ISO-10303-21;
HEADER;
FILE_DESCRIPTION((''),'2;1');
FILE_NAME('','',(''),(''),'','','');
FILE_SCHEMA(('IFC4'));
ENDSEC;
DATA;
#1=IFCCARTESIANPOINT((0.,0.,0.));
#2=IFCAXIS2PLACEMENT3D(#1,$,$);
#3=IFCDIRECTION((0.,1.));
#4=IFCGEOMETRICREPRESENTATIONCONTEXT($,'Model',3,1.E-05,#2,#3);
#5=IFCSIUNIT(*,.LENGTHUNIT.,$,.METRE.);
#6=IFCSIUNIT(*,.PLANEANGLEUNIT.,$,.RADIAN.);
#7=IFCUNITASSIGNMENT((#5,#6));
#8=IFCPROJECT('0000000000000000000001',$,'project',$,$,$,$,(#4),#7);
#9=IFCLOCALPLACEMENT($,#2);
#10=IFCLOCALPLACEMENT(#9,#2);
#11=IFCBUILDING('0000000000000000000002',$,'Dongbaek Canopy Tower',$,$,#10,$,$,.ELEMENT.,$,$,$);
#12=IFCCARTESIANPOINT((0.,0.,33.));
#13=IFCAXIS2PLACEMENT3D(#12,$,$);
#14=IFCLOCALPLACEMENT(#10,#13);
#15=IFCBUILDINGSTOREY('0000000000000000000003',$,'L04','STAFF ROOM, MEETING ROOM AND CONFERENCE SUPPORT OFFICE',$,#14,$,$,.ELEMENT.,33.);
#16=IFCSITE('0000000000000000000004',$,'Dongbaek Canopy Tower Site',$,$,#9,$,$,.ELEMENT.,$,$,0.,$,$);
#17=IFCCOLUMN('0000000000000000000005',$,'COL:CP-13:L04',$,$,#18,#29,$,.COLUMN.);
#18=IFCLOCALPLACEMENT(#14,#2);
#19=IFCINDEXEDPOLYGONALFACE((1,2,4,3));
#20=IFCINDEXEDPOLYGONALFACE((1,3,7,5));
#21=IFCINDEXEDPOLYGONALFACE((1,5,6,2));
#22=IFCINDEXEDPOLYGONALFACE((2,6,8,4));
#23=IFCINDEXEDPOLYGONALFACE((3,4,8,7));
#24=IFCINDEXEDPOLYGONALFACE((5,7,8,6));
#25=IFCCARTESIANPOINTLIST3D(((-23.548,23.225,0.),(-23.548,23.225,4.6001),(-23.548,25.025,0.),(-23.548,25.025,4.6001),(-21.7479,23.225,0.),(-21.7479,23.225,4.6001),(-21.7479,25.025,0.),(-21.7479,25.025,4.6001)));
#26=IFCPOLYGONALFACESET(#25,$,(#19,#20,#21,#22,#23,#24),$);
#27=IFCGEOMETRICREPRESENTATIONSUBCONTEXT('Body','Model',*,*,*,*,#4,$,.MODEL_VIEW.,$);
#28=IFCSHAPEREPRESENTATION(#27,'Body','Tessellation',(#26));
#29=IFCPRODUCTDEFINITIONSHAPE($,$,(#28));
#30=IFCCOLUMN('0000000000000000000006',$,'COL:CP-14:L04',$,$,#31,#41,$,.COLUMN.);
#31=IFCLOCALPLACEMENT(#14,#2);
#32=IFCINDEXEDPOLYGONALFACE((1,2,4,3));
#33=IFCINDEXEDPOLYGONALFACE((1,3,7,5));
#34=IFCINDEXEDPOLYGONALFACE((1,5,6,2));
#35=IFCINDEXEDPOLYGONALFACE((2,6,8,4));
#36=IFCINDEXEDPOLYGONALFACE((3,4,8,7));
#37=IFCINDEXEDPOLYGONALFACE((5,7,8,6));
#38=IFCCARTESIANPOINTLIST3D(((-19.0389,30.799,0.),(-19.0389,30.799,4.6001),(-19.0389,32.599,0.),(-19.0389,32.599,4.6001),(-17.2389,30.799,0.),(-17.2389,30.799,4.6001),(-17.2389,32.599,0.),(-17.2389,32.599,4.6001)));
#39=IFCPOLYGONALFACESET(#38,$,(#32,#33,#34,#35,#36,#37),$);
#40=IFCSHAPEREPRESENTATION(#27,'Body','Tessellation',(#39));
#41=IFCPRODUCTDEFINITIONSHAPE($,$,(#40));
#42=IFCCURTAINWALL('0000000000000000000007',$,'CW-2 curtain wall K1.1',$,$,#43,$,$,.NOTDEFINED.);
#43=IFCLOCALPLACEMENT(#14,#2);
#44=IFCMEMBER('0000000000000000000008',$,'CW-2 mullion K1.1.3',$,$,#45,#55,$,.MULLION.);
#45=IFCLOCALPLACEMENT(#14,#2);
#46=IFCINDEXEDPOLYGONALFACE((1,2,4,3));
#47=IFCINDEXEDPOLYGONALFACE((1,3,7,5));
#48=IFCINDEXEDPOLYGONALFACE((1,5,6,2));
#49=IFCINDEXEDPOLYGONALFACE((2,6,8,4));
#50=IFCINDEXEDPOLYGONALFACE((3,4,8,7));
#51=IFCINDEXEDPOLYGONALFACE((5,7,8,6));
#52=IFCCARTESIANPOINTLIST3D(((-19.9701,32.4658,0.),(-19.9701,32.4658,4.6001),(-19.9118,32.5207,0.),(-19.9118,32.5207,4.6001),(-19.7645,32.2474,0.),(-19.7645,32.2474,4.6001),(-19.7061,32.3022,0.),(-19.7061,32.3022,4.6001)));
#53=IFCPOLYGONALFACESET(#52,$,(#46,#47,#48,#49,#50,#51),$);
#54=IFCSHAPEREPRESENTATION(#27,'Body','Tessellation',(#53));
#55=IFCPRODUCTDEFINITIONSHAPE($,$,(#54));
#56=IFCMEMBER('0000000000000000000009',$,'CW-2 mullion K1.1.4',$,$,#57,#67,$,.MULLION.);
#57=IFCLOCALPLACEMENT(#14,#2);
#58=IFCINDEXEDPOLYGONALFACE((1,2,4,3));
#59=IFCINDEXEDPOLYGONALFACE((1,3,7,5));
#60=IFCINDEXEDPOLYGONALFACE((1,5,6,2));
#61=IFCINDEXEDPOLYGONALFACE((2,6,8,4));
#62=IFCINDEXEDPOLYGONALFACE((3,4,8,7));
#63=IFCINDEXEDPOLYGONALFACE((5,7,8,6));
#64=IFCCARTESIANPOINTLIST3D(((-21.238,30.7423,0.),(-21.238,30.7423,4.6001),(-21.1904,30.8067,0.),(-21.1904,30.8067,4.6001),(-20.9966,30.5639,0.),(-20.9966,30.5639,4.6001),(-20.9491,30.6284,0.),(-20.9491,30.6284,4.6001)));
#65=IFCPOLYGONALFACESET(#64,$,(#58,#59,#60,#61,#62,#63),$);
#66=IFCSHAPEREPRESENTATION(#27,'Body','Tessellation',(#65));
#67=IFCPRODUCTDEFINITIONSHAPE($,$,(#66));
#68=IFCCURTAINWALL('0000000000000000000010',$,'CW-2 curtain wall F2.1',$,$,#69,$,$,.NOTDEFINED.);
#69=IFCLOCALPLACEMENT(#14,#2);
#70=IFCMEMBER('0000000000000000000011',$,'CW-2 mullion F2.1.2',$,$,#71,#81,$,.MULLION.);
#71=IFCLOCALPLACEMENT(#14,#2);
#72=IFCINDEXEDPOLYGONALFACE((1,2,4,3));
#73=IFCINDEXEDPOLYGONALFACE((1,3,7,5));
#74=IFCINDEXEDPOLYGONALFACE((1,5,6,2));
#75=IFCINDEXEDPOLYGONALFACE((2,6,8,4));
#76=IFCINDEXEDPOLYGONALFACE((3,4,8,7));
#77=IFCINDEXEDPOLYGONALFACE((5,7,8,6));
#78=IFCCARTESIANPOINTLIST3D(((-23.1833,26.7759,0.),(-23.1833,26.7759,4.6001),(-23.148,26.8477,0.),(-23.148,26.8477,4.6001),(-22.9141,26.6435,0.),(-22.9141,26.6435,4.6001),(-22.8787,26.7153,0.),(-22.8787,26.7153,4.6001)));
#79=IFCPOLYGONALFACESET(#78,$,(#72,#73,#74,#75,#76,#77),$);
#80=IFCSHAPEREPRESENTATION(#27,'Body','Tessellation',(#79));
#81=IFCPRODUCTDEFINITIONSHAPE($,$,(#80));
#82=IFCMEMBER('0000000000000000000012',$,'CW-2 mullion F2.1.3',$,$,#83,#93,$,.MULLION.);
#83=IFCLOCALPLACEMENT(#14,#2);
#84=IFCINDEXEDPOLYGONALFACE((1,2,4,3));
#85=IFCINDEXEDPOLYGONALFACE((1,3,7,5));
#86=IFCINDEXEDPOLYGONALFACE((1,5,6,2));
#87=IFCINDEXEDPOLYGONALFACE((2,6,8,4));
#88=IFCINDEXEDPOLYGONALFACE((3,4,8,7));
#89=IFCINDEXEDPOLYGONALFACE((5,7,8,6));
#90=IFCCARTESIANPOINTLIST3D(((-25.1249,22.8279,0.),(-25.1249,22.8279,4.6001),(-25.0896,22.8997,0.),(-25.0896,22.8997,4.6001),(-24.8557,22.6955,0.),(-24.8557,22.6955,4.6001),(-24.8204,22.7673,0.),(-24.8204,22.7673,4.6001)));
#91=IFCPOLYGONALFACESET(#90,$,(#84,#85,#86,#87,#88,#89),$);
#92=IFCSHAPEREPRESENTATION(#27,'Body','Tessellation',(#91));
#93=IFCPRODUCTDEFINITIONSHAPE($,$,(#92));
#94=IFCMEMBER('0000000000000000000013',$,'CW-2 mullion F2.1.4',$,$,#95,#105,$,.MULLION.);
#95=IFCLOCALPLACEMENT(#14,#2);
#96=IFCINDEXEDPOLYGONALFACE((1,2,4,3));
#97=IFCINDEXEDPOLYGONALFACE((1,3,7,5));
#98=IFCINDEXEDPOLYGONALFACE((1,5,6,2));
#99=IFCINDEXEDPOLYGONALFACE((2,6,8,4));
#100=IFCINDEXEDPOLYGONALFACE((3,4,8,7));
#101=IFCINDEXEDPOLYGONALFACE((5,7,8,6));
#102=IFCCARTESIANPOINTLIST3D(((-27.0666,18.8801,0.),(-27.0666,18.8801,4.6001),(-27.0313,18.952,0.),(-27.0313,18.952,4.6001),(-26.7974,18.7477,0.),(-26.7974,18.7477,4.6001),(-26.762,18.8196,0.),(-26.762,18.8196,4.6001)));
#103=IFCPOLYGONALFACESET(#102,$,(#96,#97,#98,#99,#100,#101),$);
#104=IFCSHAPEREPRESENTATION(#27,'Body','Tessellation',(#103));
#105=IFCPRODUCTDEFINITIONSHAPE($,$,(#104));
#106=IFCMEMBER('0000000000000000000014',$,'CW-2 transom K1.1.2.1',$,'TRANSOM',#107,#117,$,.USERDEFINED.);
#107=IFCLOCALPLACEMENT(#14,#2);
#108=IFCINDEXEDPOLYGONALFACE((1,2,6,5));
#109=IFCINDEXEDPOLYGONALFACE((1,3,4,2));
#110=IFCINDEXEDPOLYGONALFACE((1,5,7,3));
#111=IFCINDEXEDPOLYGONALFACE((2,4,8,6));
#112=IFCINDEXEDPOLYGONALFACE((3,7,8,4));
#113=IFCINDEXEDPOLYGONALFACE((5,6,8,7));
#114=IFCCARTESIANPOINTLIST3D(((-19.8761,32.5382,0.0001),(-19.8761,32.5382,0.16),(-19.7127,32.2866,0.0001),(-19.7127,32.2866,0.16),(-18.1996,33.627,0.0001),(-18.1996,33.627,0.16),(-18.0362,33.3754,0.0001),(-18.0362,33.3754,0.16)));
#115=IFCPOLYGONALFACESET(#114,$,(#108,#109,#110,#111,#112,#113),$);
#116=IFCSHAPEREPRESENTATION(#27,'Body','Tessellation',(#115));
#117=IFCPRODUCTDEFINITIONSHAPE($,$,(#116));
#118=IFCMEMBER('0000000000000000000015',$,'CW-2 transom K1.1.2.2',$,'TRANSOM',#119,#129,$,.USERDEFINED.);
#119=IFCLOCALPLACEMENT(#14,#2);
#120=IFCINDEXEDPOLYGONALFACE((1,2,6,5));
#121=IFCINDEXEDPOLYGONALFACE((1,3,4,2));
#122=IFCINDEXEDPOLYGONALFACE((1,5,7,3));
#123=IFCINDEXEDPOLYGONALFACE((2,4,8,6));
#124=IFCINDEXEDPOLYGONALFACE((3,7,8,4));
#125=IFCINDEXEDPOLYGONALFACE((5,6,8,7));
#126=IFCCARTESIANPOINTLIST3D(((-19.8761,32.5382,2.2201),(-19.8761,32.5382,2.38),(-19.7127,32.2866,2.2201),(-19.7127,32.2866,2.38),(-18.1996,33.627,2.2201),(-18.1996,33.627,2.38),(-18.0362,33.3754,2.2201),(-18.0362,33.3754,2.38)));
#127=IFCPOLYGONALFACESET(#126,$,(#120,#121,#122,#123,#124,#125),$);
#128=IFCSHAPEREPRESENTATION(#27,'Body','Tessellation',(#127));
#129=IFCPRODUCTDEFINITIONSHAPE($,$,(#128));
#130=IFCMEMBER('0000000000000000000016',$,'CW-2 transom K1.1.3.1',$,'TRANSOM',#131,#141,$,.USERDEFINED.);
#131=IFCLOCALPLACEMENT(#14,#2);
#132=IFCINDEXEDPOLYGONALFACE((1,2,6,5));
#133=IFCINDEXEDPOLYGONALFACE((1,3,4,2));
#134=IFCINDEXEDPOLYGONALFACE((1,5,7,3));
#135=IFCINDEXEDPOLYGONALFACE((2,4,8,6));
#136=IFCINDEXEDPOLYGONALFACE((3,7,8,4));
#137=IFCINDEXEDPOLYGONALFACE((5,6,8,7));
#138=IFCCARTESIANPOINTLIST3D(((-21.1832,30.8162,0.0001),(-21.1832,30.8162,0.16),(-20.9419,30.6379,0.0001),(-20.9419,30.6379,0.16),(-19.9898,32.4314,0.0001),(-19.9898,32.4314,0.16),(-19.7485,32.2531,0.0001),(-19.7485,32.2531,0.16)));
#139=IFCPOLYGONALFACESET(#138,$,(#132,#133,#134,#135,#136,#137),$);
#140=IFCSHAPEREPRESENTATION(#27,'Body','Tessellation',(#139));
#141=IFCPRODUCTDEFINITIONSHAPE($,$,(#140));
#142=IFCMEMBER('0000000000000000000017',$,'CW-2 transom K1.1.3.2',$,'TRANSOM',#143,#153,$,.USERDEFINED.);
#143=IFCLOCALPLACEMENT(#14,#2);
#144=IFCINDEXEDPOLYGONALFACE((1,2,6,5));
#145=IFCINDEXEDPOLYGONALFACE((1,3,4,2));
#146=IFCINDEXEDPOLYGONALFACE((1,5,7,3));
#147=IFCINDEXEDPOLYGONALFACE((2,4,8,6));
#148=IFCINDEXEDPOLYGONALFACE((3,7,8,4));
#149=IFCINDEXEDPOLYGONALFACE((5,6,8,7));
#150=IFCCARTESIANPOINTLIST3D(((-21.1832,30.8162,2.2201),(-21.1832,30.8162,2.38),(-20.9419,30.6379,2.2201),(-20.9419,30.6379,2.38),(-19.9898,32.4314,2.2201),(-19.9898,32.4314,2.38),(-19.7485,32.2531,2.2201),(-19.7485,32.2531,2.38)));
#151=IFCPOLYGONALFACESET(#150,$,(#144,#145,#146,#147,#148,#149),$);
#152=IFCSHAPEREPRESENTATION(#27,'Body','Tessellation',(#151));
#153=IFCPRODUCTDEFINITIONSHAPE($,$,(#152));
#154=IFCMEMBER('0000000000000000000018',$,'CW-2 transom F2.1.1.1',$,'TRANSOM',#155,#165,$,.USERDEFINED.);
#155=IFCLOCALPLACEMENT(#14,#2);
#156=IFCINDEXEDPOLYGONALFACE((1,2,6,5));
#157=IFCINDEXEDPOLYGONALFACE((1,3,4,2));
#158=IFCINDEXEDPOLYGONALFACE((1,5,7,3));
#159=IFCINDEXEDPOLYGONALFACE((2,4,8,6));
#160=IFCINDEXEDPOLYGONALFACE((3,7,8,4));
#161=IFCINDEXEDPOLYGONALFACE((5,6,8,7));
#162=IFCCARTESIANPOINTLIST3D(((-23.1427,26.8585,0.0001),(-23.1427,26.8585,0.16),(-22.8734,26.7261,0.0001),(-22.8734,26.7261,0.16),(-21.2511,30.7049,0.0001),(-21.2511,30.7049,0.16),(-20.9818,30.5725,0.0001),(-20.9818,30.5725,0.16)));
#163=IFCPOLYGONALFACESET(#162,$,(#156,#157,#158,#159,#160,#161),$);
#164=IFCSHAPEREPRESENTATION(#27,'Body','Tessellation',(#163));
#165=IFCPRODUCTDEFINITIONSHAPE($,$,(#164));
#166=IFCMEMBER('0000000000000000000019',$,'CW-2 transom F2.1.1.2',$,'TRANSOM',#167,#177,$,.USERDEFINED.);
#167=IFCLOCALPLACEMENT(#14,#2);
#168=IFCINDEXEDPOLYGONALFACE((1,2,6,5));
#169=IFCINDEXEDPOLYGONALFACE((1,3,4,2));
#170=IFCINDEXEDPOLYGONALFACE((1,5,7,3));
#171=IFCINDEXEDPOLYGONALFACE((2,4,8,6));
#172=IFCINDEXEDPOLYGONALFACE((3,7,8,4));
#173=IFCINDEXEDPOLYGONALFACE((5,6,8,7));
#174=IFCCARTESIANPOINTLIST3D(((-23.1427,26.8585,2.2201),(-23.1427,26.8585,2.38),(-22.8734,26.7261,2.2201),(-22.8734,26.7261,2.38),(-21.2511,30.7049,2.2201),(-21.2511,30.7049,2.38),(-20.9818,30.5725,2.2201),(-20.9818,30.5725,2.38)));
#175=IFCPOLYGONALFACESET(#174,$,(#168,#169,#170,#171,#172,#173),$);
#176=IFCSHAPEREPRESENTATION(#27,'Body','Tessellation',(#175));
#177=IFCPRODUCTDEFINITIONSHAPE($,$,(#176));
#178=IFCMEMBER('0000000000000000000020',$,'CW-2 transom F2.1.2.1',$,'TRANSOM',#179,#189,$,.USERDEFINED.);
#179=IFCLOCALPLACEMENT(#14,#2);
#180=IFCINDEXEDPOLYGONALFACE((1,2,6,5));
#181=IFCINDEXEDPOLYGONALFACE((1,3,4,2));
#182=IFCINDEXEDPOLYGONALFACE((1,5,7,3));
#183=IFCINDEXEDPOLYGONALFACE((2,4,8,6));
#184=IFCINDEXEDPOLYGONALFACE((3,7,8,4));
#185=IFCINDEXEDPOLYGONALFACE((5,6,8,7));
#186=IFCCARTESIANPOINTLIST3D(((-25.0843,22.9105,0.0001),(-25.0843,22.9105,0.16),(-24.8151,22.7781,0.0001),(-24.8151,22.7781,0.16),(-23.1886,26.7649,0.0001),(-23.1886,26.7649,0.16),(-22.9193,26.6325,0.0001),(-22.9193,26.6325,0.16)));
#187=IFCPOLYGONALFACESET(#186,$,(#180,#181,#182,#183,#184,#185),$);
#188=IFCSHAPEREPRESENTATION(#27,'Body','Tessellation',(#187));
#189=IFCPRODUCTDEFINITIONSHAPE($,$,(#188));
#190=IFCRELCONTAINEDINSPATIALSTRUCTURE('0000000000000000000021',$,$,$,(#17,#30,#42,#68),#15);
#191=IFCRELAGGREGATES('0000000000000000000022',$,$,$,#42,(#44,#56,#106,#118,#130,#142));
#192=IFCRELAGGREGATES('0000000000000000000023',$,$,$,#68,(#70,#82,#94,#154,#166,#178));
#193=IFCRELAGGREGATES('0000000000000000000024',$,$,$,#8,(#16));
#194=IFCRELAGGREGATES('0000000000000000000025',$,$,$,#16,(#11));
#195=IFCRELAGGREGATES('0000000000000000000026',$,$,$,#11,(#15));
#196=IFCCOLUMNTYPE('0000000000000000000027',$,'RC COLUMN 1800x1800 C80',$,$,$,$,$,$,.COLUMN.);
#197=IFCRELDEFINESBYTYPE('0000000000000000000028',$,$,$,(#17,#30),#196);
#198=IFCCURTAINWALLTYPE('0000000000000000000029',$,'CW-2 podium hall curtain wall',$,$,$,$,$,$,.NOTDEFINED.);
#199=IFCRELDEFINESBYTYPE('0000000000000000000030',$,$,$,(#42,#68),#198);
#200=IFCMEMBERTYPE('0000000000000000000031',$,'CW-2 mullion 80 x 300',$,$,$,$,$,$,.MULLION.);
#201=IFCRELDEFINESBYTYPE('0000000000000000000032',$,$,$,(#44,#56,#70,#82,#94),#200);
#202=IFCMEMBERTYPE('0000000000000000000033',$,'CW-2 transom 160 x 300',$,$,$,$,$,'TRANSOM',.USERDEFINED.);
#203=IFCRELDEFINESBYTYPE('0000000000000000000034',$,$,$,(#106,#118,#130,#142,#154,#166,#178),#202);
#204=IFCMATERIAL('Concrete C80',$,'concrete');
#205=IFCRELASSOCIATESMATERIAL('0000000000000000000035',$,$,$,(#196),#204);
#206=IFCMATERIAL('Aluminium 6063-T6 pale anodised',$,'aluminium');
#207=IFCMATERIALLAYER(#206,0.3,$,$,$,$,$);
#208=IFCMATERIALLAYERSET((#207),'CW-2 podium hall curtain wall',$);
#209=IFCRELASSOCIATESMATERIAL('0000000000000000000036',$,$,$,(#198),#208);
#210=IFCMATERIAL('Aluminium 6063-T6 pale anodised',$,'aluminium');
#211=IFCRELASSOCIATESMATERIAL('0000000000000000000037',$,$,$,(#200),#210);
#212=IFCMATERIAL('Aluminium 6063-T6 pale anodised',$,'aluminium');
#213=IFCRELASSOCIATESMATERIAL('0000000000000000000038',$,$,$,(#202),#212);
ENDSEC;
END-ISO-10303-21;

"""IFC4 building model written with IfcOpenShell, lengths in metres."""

from ifc_helpers import new_model, si_unit, direction, frame, origin, origin_2d, place, context, subcontext, project, spatial, rectangle, extrude, material, layer, layer_set, material_profile, profile_set, type_object, element, aggregate, save


model = new_model("IFC4")

# Units and contexts
model_context = context("Model", 3, precision=1e-05, world=origin(), true_north=direction((0.0, 1.0)))
body_context = subcontext(model_context, "Body", "Model", "MODEL_VIEW")
ifc_project = project(units=[si_unit("LENGTHUNIT", "METRE"), si_unit("PLANEANGLEUNIT", "RADIAN")], contexts=[model_context])

# Site, building, storey
site_placement = place(None, origin())
site = spatial("IfcSite", under=ifc_project, at=site_placement, Name="Dongbaek Canopy Tower Site", CompositionType="ELEMENT", RefElevation=0.0)
building_placement = place(site_placement, origin())
building = spatial("IfcBuilding", under=site, at=building_placement, Name="Dongbaek Canopy Tower", CompositionType="ELEMENT")
storey_placement = place(building_placement, frame((0.0, 0.0, 33.0)))
storey = spatial("IfcBuildingStorey", under=building, at=storey_placement, Name="L04", Description="STAFF ROOM, MEETING ROOM AND CONFERENCE SUPPORT OFFICE", CompositionType="ELEMENT", Elevation=33.0)

# Columns
ifc_material_1 = material(Name="Concrete C80", Category="concrete")
ifc_material_profile_1 = material_profile(ifc_material_1, rectangle(XDim=1.8, YDim=1.8, at=origin_2d()), Name="RC COLUMN 1800x1800 C80")
ifc_profile_set_1 = profile_set([ifc_material_profile_1], Name="Concrete C80")
column_type = type_object("IfcColumnType", Name="RC COLUMN 1800x1800 C80", PredefinedType="COLUMN", material=ifc_profile_set_1)
for number, where, z_axis, x_axis, name in (
    (1, (-22.6479, 24.125, 0.0), (0.0, 0.0, 1.0), (1.0, 0.0, 0.0), "COL:CP-13:L04"),
    (2, (-18.1389, 31.699, 0.0), (0.0, 0.0, 1.0), (1.0, 0.0, 0.0), "COL:CP-14:L04"),
):
    element("IfcColumn", number, at=place(storey_placement, frame(where, z_axis=z_axis, x_axis=x_axis)), inside=storey, type_object=column_type, Name=name, PredefinedType="COLUMN", context=body_context, shape_type="SweptSolid", body=[
        extrude(rectangle(XDim=1.8, YDim=1.8, at=origin_2d()), origin(), (0.0, 0.0, 1.0), 4.6001),
    ])

# Curtain walls, members
ifc_material_2 = material(Name="Aluminium 6063-T6 pale anodised", Category="aluminium")
ifc_layer_1 = layer(ifc_material_2, 0.3)
ifc_layer_set_1 = layer_set([ifc_layer_1], Name="CW-2 podium hall curtain wall")
curtain_wall_type = type_object("IfcCurtainWallType", Name="CW-2 podium hall curtain wall", PredefinedType="NOTDEFINED", material=ifc_layer_set_1)
curtain_wall_1_placement = place(storey_placement, origin())
curtain_wall_1 = element("IfcCurtainWall", 3, at=curtain_wall_1_placement, inside=storey, type_object=curtain_wall_type, Name="CW-2 curtain wall K1.1", PredefinedType="NOTDEFINED")
ifc_material_3 = material(Name="Aluminium 6063-T6 pale anodised", Category="aluminium")
ifc_material_profile_2 = material_profile(ifc_material_3, rectangle(XDim=0.3, YDim=0.0801, at=origin_2d()), Name="CW-2 mullion 80 x 300")
ifc_profile_set_2 = profile_set([ifc_material_profile_2], Name="Aluminium 6063-T6 pale anodised")
member_type_1 = type_object("IfcMemberType", Name="CW-2 mullion 80 x 300", PredefinedType="MULLION", material=ifc_profile_set_2)
member_1_placement = place(storey_placement, frame((-19.8381, 32.384, 0.0), z_axis=(0.0, 0.0, 1.0), x_axis=(-0.685446, 0.728124, 0.0)))
member_1 = element("IfcMember", 4, at=member_1_placement, type_object=member_type_1, Name="CW-2 mullion K1.1.3", PredefinedType="MULLION", context=body_context, shape_type="SweptSolid", body=[
    extrude(rectangle(XDim=0.3, YDim=0.0801, at=origin_2d()), origin(), (0.0, 0.0, 1.0), 4.6001),
])
member_2_placement = place(storey_placement, frame((-21.0935, 30.6853, 0.0), z_axis=(0.0, 0.0, 1.0), x_axis=(-0.804278, 0.594253, 0.0)))
member_2 = element("IfcMember", 5, at=member_2_placement, type_object=member_type_1, Name="CW-2 mullion K1.1.4", PredefinedType="MULLION", context=body_context, shape_type="SweptSolid", body=[
    extrude(rectangle(XDim=0.3, YDim=0.0801, at=origin_2d()), origin(), (0.0, 0.0, 1.0), 4.6001),
])
curtain_wall_2_placement = place(storey_placement, origin())
curtain_wall_2 = element("IfcCurtainWall", 6, at=curtain_wall_2_placement, inside=storey, type_object=curtain_wall_type, Name="CW-2 curtain wall F2.1", PredefinedType="NOTDEFINED")
member_3_placement = place(storey_placement, frame((-23.031, 26.7456, 0.0), z_axis=(0.0, 0.0, 1.0), x_axis=(-0.897339, 0.441342, 0.0)))
member_3 = element("IfcMember", 7, at=member_3_placement, type_object=member_type_1, Name="CW-2 mullion F2.1.2", PredefinedType="MULLION", context=body_context, shape_type="SweptSolid", body=[
    extrude(rectangle(XDim=0.3, YDim=0.0801, at=origin_2d()), origin(), (0.0, 0.0, 1.0), 4.6001),
])
member_4_placement = place(storey_placement, frame((-24.9727, 22.7976, 0.0), z_axis=(0.0, 0.0, 1.0), x_axis=(-0.897339, 0.441342, 0.0)))
member_4 = element("IfcMember", 8, at=member_4_placement, type_object=member_type_1, Name="CW-2 mullion F2.1.3", PredefinedType="MULLION", context=body_context, shape_type="SweptSolid", body=[
    extrude(rectangle(XDim=0.3, YDim=0.0801, at=origin_2d()), origin(), (0.0, 0.0, 1.0), 4.6001),
])
member_5_placement = place(storey_placement, frame((-26.9143, 18.8499, 0.0), z_axis=(0.0, 0.0, 1.0), x_axis=(-0.897339, 0.441342, 0.0)))
member_5 = element("IfcMember", 9, at=member_5_placement, type_object=member_type_1, Name="CW-2 mullion F2.1.4", PredefinedType="MULLION", context=body_context, shape_type="SweptSolid", body=[
    extrude(rectangle(XDim=0.3, YDim=0.0801, at=origin_2d()), origin(), (0.0, 0.0, 1.0), 4.6001),
])

# Members
ifc_material_4 = material(Name="Aluminium 6063-T6 pale anodised", Category="aluminium")
ifc_material_profile_3 = material_profile(ifc_material_4, rectangle(XDim=0.3, YDim=0.1599, at=origin_2d()), Name="CW-2 transom 160 x 300")
ifc_profile_set_3 = profile_set([ifc_material_profile_3], Name="Aluminium 6063-T6 pale anodised")
member_type_2 = type_object("IfcMemberType", Name="CW-2 transom 160 x 300", ElementType="TRANSOM", PredefinedType="USERDEFINED", material=ifc_profile_set_3)
member_6_placement = place(storey_placement, frame((-18.1179, 33.5012, 0.0801), z_axis=(-0.838642, -0.544684, 0.0), x_axis=(0.544684, -0.838642, 0.0)))
member_6 = element("IfcMember", 10, at=member_6_placement, type_object=member_type_2, Name="CW-2 transom K1.1.2.1", ObjectType="TRANSOM", PredefinedType="USERDEFINED", context=body_context, shape_type="SweptSolid", body=[
    extrude(rectangle(XDim=0.3, YDim=0.1599, at=origin_2d()), origin(), (0.0, 0.0, 1.0), 1.999),
])
member_7_placement = place(storey_placement, frame((-18.1179, 33.5012, 2.3), z_axis=(-0.838642, -0.544684, 0.0), x_axis=(0.544684, -0.838642, 0.0)))
member_7 = element("IfcMember", 11, at=member_7_placement, type_object=member_type_2, Name="CW-2 transom K1.1.2.2", ObjectType="TRANSOM", PredefinedType="USERDEFINED", context=body_context, shape_type="SweptSolid", body=[
    extrude(rectangle(XDim=0.3, YDim=0.1599, at=origin_2d()), origin(), (0.0, 0.0, 1.0), 1.999),
])
member_8_placement = place(storey_placement, frame((-19.8691, 32.3423, 0.0801), z_axis=(-0.594227, -0.804297, 0.0), x_axis=(0.804297, -0.594227, 0.0)))
member_8 = element("IfcMember", 12, at=member_8_placement, type_object=member_type_2, Name="CW-2 transom K1.1.3.1", ObjectType="TRANSOM", PredefinedType="USERDEFINED", context=body_context, shape_type="SweptSolid", body=[
    extrude(rectangle(XDim=0.3, YDim=0.1599, at=origin_2d()), origin(), (0.0, 0.0, 1.0), 2.0083),
])
member_9_placement = place(storey_placement, frame((-19.8691, 32.3423, 2.3), z_axis=(-0.594227, -0.804297, 0.0), x_axis=(0.804297, -0.594227, 0.0)))
member_9 = element("IfcMember", 13, at=member_9_placement, type_object=member_type_2, Name="CW-2 transom K1.1.3.2", ObjectType="TRANSOM", PredefinedType="USERDEFINED", context=body_context, shape_type="SweptSolid", body=[
    extrude(rectangle(XDim=0.3, YDim=0.1599, at=origin_2d()), origin(), (0.0, 0.0, 1.0), 2.0083),
])
member_10_placement = place(storey_placement, frame((-21.1165, 30.6387, 0.0801), z_axis=(-0.441303, -0.897358, 0.0), x_axis=(0.897358, -0.441303, 0.0)))
member_10 = element("IfcMember", 14, at=member_10_placement, type_object=member_type_2, Name="CW-2 transom F2.1.1.1", ObjectType="TRANSOM", PredefinedType="USERDEFINED", context=body_context, shape_type="SweptSolid", body=[
    extrude(rectangle(XDim=0.3, YDim=0.1599, at=origin_2d()), origin(), (0.0, 0.0, 1.0), 4.2864),
])
member_11_placement = place(storey_placement, frame((-21.1165, 30.6387, 2.3), z_axis=(-0.441303, -0.897358, 0.0), x_axis=(0.897358, -0.441303, 0.0)))
member_11 = element("IfcMember", 15, at=member_11_placement, type_object=member_type_2, Name="CW-2 transom F2.1.1.2", ObjectType="TRANSOM", PredefinedType="USERDEFINED", context=body_context, shape_type="SweptSolid", body=[
    extrude(rectangle(XDim=0.3, YDim=0.1599, at=origin_2d()), origin(), (0.0, 0.0, 1.0), 4.2864),
])
member_12_placement = place(storey_placement, frame((-23.054, 26.6987, 0.0801), z_axis=(-0.441338, -0.897341, 0.0), x_axis=(0.897341, -0.441338, 0.0)))
member_12 = element("IfcMember", 16, at=member_12_placement, type_object=member_type_2, Name="CW-2 transom F2.1.2.1", ObjectType="TRANSOM", PredefinedType="USERDEFINED", context=body_context, shape_type="SweptSolid", body=[
    extrude(rectangle(XDim=0.3, YDim=0.1599, at=origin_2d()), origin(), (0.0, 0.0, 1.0), 4.2954),
])

aggregate(curtain_wall_1, [member_1, member_2, member_6, member_7, member_8, member_9])
aggregate(curtain_wall_2, [member_3, member_4, member_5, member_10, member_11, member_12])

save(model, "model.ifc")
